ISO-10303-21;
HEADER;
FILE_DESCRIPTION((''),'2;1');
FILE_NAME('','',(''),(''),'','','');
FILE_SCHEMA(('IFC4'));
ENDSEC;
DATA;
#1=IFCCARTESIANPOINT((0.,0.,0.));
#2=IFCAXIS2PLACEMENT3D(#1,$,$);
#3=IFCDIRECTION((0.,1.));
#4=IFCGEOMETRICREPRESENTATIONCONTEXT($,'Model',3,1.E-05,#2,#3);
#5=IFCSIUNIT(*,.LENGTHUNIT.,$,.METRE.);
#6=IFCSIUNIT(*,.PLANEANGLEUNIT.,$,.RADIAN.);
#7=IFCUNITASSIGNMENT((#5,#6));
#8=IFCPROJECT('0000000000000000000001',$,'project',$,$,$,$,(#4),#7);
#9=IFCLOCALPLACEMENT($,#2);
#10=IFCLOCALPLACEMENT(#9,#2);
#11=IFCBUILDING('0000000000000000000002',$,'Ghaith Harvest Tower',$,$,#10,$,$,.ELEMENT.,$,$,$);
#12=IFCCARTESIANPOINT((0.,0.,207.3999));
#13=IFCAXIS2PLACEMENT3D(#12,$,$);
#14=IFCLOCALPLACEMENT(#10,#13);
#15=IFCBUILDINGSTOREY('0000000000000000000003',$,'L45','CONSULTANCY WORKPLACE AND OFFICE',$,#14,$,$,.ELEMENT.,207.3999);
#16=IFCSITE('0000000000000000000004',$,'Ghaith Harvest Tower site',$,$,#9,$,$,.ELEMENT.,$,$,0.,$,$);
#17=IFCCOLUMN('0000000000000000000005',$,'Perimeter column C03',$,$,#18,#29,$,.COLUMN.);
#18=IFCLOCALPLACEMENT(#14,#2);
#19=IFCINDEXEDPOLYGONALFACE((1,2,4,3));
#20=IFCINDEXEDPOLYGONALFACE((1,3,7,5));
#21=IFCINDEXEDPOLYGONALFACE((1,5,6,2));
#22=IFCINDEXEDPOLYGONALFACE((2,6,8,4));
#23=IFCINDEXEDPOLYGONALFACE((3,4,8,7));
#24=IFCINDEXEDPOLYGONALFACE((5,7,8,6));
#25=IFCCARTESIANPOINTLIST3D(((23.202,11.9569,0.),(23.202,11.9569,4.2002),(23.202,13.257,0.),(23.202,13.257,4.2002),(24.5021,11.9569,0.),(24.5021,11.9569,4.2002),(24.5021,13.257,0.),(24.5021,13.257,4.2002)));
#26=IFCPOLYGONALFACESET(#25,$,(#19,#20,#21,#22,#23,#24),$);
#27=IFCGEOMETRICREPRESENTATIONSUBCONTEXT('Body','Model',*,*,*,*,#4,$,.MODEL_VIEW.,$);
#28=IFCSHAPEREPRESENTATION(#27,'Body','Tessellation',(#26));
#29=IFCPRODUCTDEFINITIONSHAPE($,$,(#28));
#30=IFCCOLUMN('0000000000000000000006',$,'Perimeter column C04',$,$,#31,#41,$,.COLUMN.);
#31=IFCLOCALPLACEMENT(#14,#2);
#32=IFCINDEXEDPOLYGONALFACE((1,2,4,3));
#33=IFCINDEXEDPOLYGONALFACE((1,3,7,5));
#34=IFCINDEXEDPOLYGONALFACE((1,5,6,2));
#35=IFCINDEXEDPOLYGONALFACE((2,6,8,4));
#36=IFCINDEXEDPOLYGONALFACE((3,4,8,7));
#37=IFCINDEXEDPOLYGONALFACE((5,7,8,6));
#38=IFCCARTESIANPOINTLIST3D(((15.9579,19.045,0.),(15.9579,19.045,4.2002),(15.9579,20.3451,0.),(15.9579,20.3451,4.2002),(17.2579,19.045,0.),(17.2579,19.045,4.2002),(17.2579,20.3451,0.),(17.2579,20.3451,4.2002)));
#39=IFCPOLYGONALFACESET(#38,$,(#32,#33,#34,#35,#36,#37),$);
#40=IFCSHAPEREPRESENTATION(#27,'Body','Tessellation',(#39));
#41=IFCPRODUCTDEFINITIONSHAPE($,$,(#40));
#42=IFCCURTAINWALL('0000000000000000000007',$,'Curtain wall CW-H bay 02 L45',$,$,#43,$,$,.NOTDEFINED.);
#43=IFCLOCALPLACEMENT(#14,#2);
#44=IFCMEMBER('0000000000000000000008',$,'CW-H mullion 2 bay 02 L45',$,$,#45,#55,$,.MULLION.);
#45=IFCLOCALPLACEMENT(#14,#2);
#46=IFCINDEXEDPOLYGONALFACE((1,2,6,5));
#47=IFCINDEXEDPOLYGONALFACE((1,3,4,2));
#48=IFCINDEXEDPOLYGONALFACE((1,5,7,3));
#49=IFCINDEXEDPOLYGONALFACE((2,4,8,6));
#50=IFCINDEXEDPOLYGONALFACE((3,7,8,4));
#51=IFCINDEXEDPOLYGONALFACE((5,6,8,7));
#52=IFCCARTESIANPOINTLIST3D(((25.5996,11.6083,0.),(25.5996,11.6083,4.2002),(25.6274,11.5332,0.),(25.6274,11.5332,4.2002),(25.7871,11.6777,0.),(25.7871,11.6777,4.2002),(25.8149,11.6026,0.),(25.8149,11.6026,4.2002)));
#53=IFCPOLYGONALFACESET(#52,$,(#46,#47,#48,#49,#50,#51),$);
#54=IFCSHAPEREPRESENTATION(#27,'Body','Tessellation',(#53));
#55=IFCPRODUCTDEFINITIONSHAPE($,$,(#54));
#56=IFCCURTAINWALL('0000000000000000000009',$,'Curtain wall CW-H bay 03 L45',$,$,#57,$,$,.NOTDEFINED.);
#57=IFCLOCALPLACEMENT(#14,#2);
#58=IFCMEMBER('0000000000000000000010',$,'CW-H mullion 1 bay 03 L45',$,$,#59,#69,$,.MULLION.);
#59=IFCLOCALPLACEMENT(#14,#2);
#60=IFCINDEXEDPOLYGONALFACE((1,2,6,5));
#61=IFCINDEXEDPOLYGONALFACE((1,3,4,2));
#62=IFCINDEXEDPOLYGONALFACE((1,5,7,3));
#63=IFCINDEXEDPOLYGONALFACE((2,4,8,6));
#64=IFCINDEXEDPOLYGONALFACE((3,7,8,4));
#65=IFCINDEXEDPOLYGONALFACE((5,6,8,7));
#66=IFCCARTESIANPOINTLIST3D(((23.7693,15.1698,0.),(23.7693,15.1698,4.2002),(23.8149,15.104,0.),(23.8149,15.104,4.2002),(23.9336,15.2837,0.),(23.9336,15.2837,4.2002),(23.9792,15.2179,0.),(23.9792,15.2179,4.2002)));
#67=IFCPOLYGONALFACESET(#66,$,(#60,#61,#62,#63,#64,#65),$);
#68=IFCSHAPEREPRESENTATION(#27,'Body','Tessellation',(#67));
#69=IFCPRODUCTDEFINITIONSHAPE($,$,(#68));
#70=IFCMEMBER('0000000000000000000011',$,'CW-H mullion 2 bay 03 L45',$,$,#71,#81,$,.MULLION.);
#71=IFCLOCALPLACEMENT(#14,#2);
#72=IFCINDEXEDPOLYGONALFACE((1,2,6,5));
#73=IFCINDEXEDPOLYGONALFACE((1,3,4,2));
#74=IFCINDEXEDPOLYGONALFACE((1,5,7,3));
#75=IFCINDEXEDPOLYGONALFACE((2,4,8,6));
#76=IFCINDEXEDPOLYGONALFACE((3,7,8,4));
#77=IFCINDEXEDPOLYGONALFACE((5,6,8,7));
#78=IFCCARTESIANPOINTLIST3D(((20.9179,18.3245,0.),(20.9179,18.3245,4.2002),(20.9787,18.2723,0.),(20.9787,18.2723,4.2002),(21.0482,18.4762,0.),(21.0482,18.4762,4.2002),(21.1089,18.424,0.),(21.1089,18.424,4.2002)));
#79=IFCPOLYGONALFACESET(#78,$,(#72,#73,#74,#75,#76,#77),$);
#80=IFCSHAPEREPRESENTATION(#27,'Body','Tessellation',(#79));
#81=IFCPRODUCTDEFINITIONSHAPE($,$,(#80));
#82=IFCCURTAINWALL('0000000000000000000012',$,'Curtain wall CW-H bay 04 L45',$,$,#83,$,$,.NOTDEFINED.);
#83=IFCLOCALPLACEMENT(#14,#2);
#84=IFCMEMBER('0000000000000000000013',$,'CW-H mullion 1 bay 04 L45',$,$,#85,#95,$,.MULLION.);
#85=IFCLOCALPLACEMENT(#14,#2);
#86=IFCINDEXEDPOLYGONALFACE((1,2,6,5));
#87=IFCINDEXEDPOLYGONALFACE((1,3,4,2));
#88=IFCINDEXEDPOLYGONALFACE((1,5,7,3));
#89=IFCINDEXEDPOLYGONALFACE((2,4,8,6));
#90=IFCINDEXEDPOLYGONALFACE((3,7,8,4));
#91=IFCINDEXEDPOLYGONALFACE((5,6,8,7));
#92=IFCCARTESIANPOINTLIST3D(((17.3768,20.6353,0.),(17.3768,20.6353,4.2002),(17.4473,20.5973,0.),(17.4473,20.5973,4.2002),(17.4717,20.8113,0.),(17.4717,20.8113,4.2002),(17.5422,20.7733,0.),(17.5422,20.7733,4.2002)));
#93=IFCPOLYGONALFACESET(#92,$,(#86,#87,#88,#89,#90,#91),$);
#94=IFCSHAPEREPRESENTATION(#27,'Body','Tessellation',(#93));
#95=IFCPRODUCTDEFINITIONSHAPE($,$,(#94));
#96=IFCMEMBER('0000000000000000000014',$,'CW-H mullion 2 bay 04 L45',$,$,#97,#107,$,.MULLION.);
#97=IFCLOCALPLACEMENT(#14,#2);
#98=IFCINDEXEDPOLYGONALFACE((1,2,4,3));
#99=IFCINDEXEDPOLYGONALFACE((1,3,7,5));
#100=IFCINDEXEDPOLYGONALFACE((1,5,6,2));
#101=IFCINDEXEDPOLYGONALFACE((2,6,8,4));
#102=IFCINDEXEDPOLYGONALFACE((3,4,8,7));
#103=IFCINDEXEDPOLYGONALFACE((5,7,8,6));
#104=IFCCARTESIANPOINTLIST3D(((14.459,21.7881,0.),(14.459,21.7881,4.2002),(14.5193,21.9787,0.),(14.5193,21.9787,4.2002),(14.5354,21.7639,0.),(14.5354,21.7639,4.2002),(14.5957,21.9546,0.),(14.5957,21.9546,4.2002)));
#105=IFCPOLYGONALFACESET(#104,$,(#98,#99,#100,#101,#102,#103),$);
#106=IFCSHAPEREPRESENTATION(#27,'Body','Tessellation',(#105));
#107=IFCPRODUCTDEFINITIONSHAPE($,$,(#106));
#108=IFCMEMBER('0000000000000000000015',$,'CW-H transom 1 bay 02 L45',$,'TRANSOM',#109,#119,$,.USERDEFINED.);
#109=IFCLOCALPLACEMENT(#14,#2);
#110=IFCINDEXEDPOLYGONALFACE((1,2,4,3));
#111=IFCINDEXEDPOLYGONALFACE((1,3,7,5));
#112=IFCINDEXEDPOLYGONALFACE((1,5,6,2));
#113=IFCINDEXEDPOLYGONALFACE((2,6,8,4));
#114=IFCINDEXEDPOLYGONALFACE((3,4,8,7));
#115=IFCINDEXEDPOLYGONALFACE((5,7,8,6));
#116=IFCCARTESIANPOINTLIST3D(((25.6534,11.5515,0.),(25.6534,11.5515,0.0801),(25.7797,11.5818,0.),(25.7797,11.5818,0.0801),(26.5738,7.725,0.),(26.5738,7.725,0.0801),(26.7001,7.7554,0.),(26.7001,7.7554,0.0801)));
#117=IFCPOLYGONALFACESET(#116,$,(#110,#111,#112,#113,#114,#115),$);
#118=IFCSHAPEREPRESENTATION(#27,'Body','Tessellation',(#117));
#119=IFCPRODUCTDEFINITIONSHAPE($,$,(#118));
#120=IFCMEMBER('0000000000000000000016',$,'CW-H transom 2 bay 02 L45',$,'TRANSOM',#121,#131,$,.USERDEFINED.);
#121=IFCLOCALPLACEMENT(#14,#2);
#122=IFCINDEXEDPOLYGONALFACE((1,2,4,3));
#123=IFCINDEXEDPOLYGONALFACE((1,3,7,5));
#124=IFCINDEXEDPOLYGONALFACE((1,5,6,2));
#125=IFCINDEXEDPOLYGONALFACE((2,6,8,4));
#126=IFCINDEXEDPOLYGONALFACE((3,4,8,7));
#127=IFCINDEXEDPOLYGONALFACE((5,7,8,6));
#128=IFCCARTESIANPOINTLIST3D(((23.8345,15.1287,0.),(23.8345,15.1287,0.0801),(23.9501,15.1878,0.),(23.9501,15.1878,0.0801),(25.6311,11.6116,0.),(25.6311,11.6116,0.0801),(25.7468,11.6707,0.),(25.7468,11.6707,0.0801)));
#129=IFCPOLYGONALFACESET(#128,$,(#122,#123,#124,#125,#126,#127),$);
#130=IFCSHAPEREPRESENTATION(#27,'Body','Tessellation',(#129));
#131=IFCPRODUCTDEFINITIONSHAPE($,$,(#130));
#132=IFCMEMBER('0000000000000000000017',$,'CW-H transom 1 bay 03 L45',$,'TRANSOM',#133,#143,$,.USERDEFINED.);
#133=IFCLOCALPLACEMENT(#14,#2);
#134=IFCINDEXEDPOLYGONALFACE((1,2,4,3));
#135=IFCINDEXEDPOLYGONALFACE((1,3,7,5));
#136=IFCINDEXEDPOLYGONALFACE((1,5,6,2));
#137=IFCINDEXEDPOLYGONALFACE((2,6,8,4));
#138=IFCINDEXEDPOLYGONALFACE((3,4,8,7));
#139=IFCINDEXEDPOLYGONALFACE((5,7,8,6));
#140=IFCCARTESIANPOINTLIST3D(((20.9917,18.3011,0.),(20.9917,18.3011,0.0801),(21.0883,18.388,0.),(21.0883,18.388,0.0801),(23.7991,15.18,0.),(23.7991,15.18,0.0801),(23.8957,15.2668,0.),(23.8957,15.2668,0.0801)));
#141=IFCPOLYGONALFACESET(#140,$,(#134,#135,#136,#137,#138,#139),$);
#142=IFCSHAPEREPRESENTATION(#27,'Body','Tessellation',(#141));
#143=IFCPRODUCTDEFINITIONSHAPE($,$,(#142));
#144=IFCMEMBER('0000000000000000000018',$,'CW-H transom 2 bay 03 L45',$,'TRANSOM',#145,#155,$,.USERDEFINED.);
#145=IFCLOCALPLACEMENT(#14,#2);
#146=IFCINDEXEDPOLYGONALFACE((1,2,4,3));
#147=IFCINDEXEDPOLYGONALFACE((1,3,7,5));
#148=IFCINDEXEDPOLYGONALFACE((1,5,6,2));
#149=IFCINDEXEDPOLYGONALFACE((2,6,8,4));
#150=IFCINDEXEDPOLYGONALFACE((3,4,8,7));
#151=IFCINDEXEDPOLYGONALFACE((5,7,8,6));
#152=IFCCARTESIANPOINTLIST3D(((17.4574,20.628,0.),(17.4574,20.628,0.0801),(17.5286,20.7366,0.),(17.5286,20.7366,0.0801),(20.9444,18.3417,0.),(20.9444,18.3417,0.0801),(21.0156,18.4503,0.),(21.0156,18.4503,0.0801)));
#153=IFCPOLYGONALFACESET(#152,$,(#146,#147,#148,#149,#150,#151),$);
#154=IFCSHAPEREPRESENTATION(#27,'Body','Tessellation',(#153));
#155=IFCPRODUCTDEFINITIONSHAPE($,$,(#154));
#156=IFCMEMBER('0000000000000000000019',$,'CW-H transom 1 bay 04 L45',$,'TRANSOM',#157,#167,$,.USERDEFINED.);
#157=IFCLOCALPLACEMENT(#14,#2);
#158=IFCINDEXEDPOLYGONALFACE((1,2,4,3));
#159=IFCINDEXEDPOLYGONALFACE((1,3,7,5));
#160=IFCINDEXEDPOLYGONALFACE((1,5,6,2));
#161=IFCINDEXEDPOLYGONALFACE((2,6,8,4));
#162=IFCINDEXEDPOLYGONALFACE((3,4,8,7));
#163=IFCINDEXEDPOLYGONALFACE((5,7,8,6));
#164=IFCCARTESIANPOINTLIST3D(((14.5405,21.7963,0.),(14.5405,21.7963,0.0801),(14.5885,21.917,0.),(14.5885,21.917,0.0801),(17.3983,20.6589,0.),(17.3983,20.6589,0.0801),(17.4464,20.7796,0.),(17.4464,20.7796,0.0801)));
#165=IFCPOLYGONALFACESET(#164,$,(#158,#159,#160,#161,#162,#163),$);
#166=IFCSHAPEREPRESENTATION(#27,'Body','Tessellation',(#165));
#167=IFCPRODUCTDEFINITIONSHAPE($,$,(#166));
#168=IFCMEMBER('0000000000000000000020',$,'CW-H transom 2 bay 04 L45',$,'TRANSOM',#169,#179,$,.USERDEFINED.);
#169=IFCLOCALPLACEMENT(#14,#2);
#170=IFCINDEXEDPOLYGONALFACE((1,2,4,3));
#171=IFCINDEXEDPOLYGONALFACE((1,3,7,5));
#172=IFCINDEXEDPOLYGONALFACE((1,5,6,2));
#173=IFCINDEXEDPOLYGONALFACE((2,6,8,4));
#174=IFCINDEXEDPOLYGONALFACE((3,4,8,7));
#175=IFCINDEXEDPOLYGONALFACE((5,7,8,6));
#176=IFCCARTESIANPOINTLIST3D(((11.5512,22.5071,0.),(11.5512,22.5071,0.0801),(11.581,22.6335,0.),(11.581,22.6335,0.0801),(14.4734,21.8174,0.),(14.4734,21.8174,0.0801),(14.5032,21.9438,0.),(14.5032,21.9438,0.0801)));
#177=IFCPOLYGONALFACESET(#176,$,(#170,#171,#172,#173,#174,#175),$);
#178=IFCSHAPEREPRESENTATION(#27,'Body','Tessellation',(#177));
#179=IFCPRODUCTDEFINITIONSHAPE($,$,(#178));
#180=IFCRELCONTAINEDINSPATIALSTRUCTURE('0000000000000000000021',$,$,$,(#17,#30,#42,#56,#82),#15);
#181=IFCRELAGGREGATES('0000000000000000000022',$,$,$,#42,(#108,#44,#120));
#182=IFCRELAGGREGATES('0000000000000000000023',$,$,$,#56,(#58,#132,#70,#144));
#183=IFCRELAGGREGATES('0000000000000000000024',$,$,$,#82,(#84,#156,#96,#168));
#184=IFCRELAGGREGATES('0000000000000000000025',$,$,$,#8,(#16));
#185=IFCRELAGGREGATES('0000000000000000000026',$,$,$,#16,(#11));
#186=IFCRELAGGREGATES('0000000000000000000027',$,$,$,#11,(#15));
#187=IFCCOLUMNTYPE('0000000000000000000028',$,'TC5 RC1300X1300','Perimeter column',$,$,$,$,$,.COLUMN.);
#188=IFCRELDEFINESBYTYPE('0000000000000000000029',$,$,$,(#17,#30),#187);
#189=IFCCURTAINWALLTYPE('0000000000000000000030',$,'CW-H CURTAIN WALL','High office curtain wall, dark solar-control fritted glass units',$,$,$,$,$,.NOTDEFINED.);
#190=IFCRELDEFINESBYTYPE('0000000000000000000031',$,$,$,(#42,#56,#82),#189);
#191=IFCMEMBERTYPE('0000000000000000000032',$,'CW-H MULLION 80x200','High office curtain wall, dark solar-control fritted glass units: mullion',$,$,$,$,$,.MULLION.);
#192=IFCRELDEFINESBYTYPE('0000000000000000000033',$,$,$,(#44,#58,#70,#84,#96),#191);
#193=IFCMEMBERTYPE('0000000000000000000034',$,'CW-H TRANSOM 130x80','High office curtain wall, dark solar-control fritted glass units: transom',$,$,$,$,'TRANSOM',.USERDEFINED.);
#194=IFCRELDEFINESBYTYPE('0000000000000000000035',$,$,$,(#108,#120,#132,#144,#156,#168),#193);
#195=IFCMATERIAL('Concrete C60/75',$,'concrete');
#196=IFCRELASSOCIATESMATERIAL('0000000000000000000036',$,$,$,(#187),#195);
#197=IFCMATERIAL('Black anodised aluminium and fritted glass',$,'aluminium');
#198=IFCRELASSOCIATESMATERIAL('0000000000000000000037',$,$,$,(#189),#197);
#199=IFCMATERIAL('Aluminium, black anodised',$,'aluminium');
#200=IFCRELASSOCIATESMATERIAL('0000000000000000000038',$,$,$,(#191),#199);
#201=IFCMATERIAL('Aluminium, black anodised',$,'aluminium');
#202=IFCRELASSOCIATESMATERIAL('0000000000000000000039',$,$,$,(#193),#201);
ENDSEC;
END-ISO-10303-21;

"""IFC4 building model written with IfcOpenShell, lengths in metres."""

from ifc_helpers import new_model, si_unit, direction, frame, origin, origin_2d, place, context, subcontext, project, spatial, rectangle, extrude, material, material_profile, profile_set, type_object, element, aggregate, save


model = new_model("IFC4")

# Units and contexts
model_context = context("Model", 3, precision=1e-05, world=origin(), true_north=direction((0.0, 1.0)))
body_context = subcontext(model_context, "Body", "Model", "MODEL_VIEW")
ifc_project = project(units=[si_unit("LENGTHUNIT", "METRE"), si_unit("PLANEANGLEUNIT", "RADIAN")], contexts=[model_context])

# Site, building, storey
site_placement = place(None, origin())
site = spatial("IfcSite", under=ifc_project, at=site_placement, Name="Ghaith Harvest Tower site", CompositionType="ELEMENT", RefElevation=0.0)
building_placement = place(site_placement, origin())
building = spatial("IfcBuilding", under=site, at=building_placement, Name="Ghaith Harvest Tower", CompositionType="ELEMENT")
storey_placement = place(building_placement, frame((0.0, 0.0, 207.3999)))
storey = spatial("IfcBuildingStorey", under=building, at=storey_placement, Name="L45", Description="CONSULTANCY WORKPLACE AND OFFICE", CompositionType="ELEMENT", Elevation=207.3999)

# Columns
ifc_material_1 = material(Name="Concrete C60/75", Category="concrete")
ifc_material_profile_1 = material_profile(ifc_material_1, rectangle(XDim=1.3, YDim=1.3, at=origin_2d()), Name="RC1300X1300")
ifc_profile_set_1 = profile_set([ifc_material_profile_1], Name="Concrete C60/75")
column_type = type_object("IfcColumnType", Name="TC5 RC1300X1300", Description="Perimeter column", PredefinedType="COLUMN", material=ifc_profile_set_1)
for number, where, z_axis, x_axis, name in (
    (1, (23.8521, 12.6069, 0.0), (0.0, 0.0, 1.0), (1.0, 0.0, 0.0), "Perimeter column C03"),
    (2, (16.6079, 19.6951, 0.0), (0.0, 0.0, 1.0), (1.0, 0.0, 0.0), "Perimeter column C04"),
):
    element("IfcColumn", number, at=place(storey_placement, frame(where, z_axis=z_axis, x_axis=x_axis)), inside=storey, type_object=column_type, Name=name, PredefinedType="COLUMN", context=body_context, shape_type="SweptSolid", body=[
        extrude(rectangle(XDim=1.3, YDim=1.3, at=origin_2d()), origin(), (0.0, 0.0, 1.0), 4.2002),
    ])

# Curtain wall, member
ifc_material_2 = material(Name="Black anodised aluminium and fritted glass", Category="aluminium")
curtain_wall_type = type_object("IfcCurtainWallType", Name="CW-H CURTAIN WALL", Description="High office curtain wall, dark solar-control fritted glass units", PredefinedType="NOTDEFINED", material=ifc_material_2)
curtain_wall_1_placement = place(storey_placement, origin())
curtain_wall_1 = element("IfcCurtainWall", 3, at=curtain_wall_1_placement, inside=storey, type_object=curtain_wall_type, Name="Curtain wall CW-H bay 02 L45", PredefinedType="NOTDEFINED")
ifc_material_3 = material(Name="Aluminium, black anodised", Category="aluminium")
ifc_material_profile_2 = material_profile(ifc_material_3, rectangle(XDim=0.0801, YDim=0.2, at=origin_2d()), Name="CW-H MULLION 80x200")
ifc_profile_set_2 = profile_set([ifc_material_profile_2], Name="Aluminium, black anodised")
member_type_1 = type_object("IfcMemberType", Name="CW-H MULLION 80x200", Description="High office curtain wall, dark solar-control fritted glass units: mullion", PredefinedType="MULLION", material=ifc_profile_set_2)
member_1_placement = place(storey_placement, frame((25.7073, 11.6055, 0.0), z_axis=(0.0, 0.0, 1.0), x_axis=(-0.347012, 0.937861, 0.0)))
member_1 = element("IfcMember", 4, at=member_1_placement, type_object=member_type_1, Name="CW-H mullion 2 bay 02 L45", PredefinedType="MULLION", context=body_context, shape_type="SweptSolid", body=[
    extrude(rectangle(XDim=0.0801, YDim=0.2, at=origin_2d()), origin(), (0.0, 0.0, 1.0), 4.2002),
])

# Curtain walls, members
curtain_wall_2_placement = place(storey_placement, origin())
curtain_wall_2 = element("IfcCurtainWall", 5, at=curtain_wall_2_placement, inside=storey, type_object=curtain_wall_type, Name="Curtain wall CW-H bay 03 L45", PredefinedType="NOTDEFINED")
member_2_placement = place(storey_placement, frame((23.8743, 15.1938, 0.0), z_axis=(0.0, 0.0, 1.0), x_axis=(-0.569847, 0.821751, 0.0)))
member_2 = element("IfcMember", 6, at=member_2_placement, type_object=member_type_1, Name="CW-H mullion 1 bay 03 L45", PredefinedType="MULLION", context=body_context, shape_type="SweptSolid", body=[
    extrude(rectangle(XDim=0.0801, YDim=0.2, at=origin_2d()), origin(), (0.0, 0.0, 1.0), 4.2002),
])
member_3_placement = place(storey_placement, frame((21.0134, 18.3743, 0.0), z_axis=(0.0, 0.0, 1.0), x_axis=(-0.758541, 0.651625, 0.0)))
member_3 = element("IfcMember", 7, at=member_3_placement, type_object=member_type_1, Name="CW-H mullion 2 bay 03 L45", PredefinedType="MULLION", context=body_context, shape_type="SweptSolid", body=[
    extrude(rectangle(XDim=0.0801, YDim=0.2, at=origin_2d()), origin(), (0.0, 0.0, 1.0), 4.2002),
])
curtain_wall_3_placement = place(storey_placement, origin())
curtain_wall_3 = element("IfcCurtainWall", 8, at=curtain_wall_3_placement, inside=storey, type_object=curtain_wall_type, Name="Curtain wall CW-H bay 04 L45", PredefinedType="NOTDEFINED")
member_4_placement = place(storey_placement, frame((17.4595, 20.7043, 0.0), z_axis=(0.0, 0.0, 1.0), x_axis=(-0.880203, 0.474597, 0.0)))
member_4 = element("IfcMember", 9, at=member_4_placement, type_object=member_type_1, Name="CW-H mullion 1 bay 04 L45", PredefinedType="MULLION", context=body_context, shape_type="SweptSolid", body=[
    extrude(rectangle(XDim=0.0801, YDim=0.2, at=origin_2d()), origin(), (0.0, 0.0, 1.0), 4.2002),
])
member_5_placement = place(storey_placement, frame((14.5273, 21.8713, 0.0), z_axis=(0.0, 0.0, 1.0), x_axis=(-0.953503, 0.301384, 0.0)))
member_5 = element("IfcMember", 10, at=member_5_placement, type_object=member_type_1, Name="CW-H mullion 2 bay 04 L45", PredefinedType="MULLION", context=body_context, shape_type="SweptSolid", body=[
    extrude(rectangle(XDim=0.0801, YDim=0.2, at=origin_2d()), origin(), (0.0, 0.0, 1.0), 4.2002),
])

# Members
ifc_material_4 = material(Name="Aluminium, black anodised", Category="aluminium")
ifc_material_profile_3 = material_profile(ifc_material_4, rectangle(XDim=0.1299, YDim=0.0801, at=origin_2d()), Name="CW-H TRANSOM 130x80")
ifc_profile_set_3 = profile_set([ifc_material_profile_3], Name="Aluminium, black anodised")
member_type_2 = type_object("IfcMemberType", Name="CW-H TRANSOM 130x80", Description="High office curtain wall, dark solar-control fritted glass units: transom", ElementType="TRANSOM", PredefinedType="USERDEFINED", material=ifc_profile_set_3)
member_6_placement = place(storey_placement, frame((26.637, 7.7402, 0.04), z_axis=(-0.23387, 0.972268, 0.0), x_axis=(-0.972268, -0.23387, 0.0)))
member_6 = element("IfcMember", 11, at=member_6_placement, type_object=member_type_2, Name="CW-H transom 1 bay 02 L45", ObjectType="TRANSOM", PredefinedType="USERDEFINED", context=body_context, shape_type="SweptSolid", body=[
    extrude(rectangle(XDim=0.1299, YDim=0.0801, at=origin_2d()), origin(), (0.0, 0.0, 1.0), 3.9355),
])
member_7_placement = place(storey_placement, frame((25.689, 11.6411, 0.04), z_axis=(-0.454912, 0.890537, 0.0), x_axis=(-0.890537, -0.454912, 0.0)))
member_7 = element("IfcMember", 12, at=member_7_placement, type_object=member_type_2, Name="CW-H transom 2 bay 02 L45", ObjectType="TRANSOM", PredefinedType="USERDEFINED", context=body_context, shape_type="SweptSolid", body=[
    extrude(rectangle(XDim=0.1299, YDim=0.0801, at=origin_2d()), origin(), (0.0, 0.0, 1.0), 3.9495),
])
member_8_placement = place(storey_placement, frame((23.8474, 15.2234, 0.04), z_axis=(-0.668753, 0.743485, 0.0), x_axis=(-0.743485, -0.668753, 0.0)))
member_8 = element("IfcMember", 13, at=member_8_placement, type_object=member_type_2, Name="CW-H transom 1 bay 03 L45", ObjectType="TRANSOM", PredefinedType="USERDEFINED", context=body_context, shape_type="SweptSolid", body=[
    extrude(rectangle(XDim=0.1299, YDim=0.0801, at=origin_2d()), origin(), (0.0, 0.0, 1.0), 4.198),
])
member_9_placement = place(storey_placement, frame((20.98, 18.396, 0.04), z_axis=(-0.836269, 0.54832, 0.0), x_axis=(-0.54832, -0.836269, 0.0)))
member_9 = element("IfcMember", 14, at=member_9_placement, type_object=member_type_2, Name="CW-H transom 2 bay 03 L45", ObjectType="TRANSOM", PredefinedType="USERDEFINED", context=body_context, shape_type="SweptSolid", body=[
    extrude(rectangle(XDim=0.1299, YDim=0.0801, at=origin_2d()), origin(), (0.0, 0.0, 1.0), 4.1697),
])
member_10_placement = place(storey_placement, frame((17.4224, 20.7192, 0.04), z_axis=(-0.929116, 0.369789, 0.0), x_axis=(-0.369789, -0.929116, 0.0)))
member_10 = element("IfcMember", 15, at=member_10_placement, type_object=member_type_2, Name="CW-H transom 1 bay 04 L45", ObjectType="TRANSOM", PredefinedType="USERDEFINED", context=body_context, shape_type="SweptSolid", body=[
    extrude(rectangle(XDim=0.1299, YDim=0.0801, at=origin_2d()), origin(), (0.0, 0.0, 1.0), 3.0759),
])
member_11_placement = place(storey_placement, frame((14.4883, 21.8806, 0.04), z_axis=(-0.973258, 0.229715, 0.0), x_axis=(-0.229715, -0.973258, 0.0)))
member_11 = element("IfcMember", 16, at=member_11_placement, type_object=member_type_2, Name="CW-H transom 2 bay 04 L45", ObjectType="TRANSOM", PredefinedType="USERDEFINED", context=body_context, shape_type="SweptSolid", body=[
    extrude(rectangle(XDim=0.1299, YDim=0.0801, at=origin_2d()), origin(), (0.0, 0.0, 1.0), 3.0024),
])

aggregate(curtain_wall_1, [member_6, member_1, member_7])
aggregate(curtain_wall_2, [member_2, member_8, member_3, member_9])
aggregate(curtain_wall_3, [member_4, member_10, member_5, member_11])

save(model, "model.ifc")
